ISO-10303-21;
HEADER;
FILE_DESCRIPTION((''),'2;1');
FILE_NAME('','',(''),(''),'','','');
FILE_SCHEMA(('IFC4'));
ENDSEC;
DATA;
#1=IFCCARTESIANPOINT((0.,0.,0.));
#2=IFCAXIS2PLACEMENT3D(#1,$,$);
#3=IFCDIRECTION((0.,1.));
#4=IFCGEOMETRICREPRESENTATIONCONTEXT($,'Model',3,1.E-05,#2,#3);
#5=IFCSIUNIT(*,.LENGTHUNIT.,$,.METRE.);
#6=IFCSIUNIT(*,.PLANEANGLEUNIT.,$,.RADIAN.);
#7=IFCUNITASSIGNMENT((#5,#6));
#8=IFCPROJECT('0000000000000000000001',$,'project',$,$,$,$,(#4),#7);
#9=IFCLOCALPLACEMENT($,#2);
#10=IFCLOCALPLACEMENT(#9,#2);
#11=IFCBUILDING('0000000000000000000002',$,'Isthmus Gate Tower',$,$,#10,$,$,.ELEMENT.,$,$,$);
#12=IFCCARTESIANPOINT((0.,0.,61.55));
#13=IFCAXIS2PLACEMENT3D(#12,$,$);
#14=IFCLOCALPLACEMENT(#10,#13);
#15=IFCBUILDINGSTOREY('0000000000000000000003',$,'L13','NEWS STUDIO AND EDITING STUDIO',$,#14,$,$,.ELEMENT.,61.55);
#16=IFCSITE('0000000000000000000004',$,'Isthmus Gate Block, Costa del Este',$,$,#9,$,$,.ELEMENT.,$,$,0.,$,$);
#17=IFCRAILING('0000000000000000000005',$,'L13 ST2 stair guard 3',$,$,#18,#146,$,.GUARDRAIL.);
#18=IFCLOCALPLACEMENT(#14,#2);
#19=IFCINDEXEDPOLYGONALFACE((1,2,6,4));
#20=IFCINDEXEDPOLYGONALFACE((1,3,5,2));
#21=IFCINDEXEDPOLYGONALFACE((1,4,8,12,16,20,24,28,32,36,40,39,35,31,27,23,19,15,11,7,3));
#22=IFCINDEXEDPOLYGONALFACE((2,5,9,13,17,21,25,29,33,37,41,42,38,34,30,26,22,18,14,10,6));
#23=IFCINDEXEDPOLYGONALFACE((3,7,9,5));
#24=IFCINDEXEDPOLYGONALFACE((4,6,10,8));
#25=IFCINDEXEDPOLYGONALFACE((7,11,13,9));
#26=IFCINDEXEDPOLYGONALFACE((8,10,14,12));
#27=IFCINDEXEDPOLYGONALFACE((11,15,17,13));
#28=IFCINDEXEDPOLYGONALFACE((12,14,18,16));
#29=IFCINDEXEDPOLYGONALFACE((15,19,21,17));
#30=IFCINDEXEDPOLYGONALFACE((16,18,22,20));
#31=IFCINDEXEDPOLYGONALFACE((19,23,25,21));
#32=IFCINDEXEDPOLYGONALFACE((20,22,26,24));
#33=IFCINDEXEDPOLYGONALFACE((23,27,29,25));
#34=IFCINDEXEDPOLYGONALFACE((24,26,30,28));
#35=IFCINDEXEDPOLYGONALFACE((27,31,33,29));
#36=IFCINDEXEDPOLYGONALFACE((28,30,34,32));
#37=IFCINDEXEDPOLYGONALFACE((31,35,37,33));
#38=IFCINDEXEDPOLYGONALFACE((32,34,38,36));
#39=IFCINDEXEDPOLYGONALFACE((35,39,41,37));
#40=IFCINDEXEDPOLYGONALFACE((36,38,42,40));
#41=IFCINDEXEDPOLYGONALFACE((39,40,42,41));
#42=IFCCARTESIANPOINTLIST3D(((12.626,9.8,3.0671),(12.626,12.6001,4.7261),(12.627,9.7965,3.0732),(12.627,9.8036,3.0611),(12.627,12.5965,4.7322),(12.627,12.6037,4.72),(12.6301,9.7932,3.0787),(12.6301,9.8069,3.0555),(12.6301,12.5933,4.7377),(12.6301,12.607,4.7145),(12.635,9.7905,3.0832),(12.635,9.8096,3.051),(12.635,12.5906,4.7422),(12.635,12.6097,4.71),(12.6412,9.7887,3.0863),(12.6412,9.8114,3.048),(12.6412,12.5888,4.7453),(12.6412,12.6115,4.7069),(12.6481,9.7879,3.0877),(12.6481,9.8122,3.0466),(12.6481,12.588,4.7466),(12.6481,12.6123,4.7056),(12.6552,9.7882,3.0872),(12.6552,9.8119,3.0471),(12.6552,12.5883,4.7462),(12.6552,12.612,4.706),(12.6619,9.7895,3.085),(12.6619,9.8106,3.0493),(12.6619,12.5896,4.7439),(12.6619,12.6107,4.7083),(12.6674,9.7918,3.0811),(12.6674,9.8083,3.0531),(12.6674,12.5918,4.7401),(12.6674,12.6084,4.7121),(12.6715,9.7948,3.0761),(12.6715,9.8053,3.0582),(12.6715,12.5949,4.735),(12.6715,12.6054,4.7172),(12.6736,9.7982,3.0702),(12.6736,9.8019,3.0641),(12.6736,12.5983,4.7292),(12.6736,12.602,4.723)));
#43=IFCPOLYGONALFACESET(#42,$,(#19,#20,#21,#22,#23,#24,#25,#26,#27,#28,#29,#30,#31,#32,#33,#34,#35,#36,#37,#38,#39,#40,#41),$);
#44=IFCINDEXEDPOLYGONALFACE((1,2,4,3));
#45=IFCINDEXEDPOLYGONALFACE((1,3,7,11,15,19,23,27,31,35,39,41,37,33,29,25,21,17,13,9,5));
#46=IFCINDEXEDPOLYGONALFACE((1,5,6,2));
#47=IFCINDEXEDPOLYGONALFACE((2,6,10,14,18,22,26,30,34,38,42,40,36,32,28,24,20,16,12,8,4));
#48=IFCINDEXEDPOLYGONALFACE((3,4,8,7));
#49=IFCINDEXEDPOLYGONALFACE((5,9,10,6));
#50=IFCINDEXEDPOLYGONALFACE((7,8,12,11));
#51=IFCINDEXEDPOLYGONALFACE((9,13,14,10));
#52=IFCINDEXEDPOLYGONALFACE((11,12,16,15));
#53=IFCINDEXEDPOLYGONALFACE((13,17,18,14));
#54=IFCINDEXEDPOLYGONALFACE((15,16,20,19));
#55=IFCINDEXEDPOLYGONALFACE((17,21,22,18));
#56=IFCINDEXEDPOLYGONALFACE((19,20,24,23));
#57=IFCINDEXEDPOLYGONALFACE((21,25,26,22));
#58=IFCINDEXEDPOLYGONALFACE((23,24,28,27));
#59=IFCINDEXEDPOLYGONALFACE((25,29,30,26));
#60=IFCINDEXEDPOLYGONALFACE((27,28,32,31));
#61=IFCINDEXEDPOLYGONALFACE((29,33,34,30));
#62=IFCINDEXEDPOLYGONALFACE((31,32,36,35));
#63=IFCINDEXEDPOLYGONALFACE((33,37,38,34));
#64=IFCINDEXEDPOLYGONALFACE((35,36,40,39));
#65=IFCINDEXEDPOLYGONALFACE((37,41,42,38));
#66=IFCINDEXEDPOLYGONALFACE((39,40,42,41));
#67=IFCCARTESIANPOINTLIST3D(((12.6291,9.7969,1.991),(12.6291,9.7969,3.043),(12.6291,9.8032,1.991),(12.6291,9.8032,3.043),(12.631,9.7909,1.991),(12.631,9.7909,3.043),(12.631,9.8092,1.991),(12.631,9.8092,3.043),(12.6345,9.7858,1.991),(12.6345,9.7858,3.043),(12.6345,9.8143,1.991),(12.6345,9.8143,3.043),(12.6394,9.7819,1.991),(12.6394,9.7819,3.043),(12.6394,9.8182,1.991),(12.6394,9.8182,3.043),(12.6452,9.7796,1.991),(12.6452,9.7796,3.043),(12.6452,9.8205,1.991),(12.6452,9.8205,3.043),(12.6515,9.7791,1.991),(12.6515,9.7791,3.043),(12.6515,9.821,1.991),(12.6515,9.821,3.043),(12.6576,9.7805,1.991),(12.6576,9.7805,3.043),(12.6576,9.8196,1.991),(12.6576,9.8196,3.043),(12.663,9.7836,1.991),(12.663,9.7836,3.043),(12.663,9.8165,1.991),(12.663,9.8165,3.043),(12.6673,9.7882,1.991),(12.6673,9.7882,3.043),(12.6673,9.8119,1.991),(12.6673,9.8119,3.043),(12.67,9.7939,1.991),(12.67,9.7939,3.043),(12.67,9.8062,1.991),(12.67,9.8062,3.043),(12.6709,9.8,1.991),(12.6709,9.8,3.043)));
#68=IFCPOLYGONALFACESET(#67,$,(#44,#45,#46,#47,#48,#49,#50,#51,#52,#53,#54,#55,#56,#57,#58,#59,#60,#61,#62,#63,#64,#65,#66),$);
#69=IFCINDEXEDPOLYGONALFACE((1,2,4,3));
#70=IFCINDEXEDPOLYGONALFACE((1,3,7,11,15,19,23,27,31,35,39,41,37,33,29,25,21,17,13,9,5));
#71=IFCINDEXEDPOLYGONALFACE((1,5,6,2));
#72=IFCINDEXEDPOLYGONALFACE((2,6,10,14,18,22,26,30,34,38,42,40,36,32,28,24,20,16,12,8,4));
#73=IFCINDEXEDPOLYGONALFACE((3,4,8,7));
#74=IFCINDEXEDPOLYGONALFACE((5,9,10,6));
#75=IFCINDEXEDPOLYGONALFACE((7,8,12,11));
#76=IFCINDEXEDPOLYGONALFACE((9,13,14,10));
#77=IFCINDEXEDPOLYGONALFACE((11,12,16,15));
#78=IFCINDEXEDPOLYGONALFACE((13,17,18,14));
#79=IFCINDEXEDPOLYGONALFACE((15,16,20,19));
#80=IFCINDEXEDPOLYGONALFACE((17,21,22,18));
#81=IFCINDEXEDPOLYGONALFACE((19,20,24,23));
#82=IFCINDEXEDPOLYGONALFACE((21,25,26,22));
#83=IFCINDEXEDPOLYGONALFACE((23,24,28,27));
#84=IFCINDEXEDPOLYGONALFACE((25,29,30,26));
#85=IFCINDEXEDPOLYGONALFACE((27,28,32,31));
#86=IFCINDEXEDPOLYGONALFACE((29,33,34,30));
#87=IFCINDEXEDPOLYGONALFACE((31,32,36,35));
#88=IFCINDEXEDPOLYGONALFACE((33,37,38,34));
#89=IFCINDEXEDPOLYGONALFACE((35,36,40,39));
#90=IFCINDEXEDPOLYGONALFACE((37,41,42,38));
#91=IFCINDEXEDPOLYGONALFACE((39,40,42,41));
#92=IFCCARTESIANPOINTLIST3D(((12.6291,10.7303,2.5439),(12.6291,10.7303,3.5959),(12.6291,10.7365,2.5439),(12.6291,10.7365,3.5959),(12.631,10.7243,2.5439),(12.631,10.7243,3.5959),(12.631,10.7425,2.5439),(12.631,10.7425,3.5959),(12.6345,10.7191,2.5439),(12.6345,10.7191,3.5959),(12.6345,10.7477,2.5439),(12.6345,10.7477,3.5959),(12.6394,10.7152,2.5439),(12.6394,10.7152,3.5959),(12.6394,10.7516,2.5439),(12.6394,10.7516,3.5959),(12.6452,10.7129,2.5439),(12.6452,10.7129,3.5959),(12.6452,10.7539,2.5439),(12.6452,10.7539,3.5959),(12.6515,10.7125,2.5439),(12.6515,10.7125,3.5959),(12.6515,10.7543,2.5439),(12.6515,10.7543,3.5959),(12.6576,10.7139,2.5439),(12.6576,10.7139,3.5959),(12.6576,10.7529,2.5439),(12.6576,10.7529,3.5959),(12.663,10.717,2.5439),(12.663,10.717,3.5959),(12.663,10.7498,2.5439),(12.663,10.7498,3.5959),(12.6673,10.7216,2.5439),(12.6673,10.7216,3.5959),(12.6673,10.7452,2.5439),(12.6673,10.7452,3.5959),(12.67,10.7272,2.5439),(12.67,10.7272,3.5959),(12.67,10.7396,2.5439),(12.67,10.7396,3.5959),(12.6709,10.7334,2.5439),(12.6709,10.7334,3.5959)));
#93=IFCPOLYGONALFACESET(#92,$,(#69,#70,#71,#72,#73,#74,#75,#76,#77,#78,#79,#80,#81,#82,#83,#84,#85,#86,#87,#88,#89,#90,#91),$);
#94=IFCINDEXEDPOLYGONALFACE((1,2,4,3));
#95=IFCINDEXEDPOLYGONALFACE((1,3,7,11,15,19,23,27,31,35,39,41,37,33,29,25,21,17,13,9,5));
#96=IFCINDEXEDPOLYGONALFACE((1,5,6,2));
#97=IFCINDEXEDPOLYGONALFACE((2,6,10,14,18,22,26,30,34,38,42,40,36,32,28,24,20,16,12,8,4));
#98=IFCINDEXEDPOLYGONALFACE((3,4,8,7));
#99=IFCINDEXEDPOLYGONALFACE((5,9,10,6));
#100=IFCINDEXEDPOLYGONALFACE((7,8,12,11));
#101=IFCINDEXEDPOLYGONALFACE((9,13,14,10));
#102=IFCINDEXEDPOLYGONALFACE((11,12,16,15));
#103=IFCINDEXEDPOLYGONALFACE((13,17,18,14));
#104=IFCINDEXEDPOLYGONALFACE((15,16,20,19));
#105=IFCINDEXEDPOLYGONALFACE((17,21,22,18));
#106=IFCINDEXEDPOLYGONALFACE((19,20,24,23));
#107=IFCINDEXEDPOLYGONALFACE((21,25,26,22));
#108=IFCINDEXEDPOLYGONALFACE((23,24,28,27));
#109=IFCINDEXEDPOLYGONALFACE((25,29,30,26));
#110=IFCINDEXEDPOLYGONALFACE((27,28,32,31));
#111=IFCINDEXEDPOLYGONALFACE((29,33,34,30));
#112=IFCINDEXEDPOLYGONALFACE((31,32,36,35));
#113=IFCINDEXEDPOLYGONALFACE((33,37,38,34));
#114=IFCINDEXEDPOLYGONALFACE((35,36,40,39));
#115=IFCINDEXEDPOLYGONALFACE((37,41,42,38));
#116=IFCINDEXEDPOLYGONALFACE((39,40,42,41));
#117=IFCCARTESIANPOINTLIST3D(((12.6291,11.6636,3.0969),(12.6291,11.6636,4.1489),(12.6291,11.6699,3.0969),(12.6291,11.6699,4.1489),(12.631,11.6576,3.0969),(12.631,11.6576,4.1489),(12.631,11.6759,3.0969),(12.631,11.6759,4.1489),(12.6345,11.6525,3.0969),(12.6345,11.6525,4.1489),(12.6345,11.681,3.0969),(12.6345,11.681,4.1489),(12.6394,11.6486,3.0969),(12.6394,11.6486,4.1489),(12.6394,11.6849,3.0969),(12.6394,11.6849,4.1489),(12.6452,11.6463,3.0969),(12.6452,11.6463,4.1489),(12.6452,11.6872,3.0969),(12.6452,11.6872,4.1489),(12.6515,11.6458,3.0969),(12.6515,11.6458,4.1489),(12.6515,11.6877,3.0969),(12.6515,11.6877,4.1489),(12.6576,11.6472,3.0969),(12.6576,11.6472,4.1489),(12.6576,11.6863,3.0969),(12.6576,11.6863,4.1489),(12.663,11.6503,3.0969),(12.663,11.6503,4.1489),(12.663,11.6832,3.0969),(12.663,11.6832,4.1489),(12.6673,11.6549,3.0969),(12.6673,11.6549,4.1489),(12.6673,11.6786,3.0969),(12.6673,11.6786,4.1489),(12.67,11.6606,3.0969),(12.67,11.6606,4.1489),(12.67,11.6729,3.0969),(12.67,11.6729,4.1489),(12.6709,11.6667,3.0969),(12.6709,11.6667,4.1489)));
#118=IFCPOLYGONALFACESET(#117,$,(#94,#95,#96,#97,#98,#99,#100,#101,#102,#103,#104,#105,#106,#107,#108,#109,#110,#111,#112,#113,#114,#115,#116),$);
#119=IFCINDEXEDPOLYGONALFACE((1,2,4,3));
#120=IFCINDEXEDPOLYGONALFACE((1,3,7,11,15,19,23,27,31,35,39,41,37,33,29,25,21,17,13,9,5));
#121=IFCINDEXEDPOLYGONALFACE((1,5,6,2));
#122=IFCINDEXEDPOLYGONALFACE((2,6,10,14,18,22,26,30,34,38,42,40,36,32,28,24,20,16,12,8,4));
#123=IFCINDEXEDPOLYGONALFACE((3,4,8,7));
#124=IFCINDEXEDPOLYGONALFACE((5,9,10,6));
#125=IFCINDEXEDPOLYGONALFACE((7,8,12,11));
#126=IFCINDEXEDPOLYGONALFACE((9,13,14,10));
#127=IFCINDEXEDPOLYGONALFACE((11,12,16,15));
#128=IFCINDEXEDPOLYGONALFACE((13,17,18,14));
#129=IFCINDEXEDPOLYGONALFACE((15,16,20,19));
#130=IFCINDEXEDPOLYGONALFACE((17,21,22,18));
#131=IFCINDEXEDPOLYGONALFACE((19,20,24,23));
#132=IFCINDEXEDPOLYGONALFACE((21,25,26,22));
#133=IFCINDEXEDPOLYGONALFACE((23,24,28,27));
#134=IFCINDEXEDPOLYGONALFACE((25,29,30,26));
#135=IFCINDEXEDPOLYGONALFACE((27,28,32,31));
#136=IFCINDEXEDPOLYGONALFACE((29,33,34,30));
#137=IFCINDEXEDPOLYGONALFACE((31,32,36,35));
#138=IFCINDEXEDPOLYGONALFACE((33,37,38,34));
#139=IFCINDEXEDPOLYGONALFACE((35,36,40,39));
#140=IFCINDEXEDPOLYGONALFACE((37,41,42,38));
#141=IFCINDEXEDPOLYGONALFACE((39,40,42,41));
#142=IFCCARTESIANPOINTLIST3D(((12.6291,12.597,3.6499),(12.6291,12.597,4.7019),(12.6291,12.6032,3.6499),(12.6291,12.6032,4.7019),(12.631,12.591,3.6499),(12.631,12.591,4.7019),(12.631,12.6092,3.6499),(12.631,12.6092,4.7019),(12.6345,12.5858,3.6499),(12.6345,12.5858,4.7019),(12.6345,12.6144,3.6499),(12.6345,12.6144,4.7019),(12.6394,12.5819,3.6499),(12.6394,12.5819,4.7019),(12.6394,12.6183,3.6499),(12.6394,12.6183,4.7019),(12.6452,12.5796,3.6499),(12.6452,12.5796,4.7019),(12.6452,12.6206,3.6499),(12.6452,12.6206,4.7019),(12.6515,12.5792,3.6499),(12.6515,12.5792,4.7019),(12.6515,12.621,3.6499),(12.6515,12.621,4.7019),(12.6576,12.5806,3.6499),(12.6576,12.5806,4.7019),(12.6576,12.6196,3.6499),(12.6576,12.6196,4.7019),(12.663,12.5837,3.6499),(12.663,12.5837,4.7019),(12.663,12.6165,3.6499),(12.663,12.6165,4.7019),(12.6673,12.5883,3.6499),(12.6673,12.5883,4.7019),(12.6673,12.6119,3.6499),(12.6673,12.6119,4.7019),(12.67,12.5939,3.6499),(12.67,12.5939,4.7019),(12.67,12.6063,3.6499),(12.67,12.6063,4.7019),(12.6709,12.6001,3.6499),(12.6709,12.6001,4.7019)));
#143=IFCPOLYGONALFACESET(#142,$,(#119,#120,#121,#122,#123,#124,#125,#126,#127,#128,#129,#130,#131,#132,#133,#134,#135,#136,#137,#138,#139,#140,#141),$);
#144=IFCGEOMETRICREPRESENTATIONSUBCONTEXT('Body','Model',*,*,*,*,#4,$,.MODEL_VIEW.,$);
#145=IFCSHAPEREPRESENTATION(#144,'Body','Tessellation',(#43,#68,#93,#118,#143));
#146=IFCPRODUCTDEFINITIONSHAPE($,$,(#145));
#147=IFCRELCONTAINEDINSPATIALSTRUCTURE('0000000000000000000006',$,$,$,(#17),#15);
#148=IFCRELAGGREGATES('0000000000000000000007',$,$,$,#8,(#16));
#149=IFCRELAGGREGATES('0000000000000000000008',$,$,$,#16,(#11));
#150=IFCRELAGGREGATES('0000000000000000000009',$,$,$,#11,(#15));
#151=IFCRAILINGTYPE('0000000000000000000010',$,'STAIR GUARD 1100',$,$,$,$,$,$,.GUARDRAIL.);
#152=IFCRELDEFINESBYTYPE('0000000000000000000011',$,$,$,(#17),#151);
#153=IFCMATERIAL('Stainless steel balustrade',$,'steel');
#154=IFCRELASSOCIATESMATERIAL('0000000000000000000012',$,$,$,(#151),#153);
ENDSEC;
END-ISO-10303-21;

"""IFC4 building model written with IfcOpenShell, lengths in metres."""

from ifc_helpers import new_model, si_unit, direction, frame, origin, origin_2d, place, context, subcontext, project, spatial, circle, extrude, material, type_object, element, save


model = new_model("IFC4")

# Units and contexts
model_context = context("Model", 3, precision=1e-05, world=origin(), true_north=direction((0.0, 1.0)))
body_context = subcontext(model_context, "Body", "Model", "MODEL_VIEW")
ifc_project = project(units=[si_unit("LENGTHUNIT", "METRE"), si_unit("PLANEANGLEUNIT", "RADIAN")], contexts=[model_context])

# Site, building, storey
site_placement = place(None, origin())
site = spatial("IfcSite", under=ifc_project, at=site_placement, Name="Isthmus Gate Block, Costa del Este", CompositionType="ELEMENT", RefElevation=0.0)
building_placement = place(site_placement, origin())
building = spatial("IfcBuilding", under=site, at=building_placement, Name="Isthmus Gate Tower", CompositionType="ELEMENT")
storey_placement = place(building_placement, frame((0.0, 0.0, 61.55)))
storey = spatial("IfcBuildingStorey", under=building, at=storey_placement, Name="L13", Description="NEWS STUDIO AND EDITING STUDIO", CompositionType="ELEMENT", Elevation=61.55)

# Railing
ifc_material_1 = material(Name="Stainless steel balustrade", Category="steel")
railing_type_1 = type_object("IfcRailingType", Name="STAIR GUARD 1100", PredefinedType="GUARDRAIL", material=ifc_material_1)
railing_1_placement = place(storey_placement, frame((12.6499, 9.8, 1.991)))
element("IfcRailing", 1, at=railing_1_placement, inside=storey, type_object=railing_type_1, Name="L13 ST2 stair guard 3", PredefinedType="GUARDRAIL", context=body_context, shape_type="SweptSolid", body=[
    extrude(circle(Radius=0.0239, at=origin_2d()), frame((0.0, 0.0, 1.0762), z_axis=(0.0, 0.860339, 0.509722), x_axis=(-1.0, 0.0, 0.0)), (0.0, 0.0, 1.0), 3.2546),
    extrude(circle(Radius=0.021, at=origin_2d()), origin(), (0.0, 0.0, 1.0), 1.052),
    extrude(circle(Radius=0.021, at=origin_2d()), frame((0.0, 0.9333, 0.553)), (0.0, 0.0, 1.0), 1.052),
    extrude(circle(Radius=0.021, at=origin_2d()), frame((0.0, 1.8667, 1.106)), (0.0, 0.0, 1.0), 1.052),
    extrude(circle(Radius=0.021, at=origin_2d()), frame((0.0, 2.8, 1.6589)), (0.0, 0.0, 1.0), 1.052),
])

save(model, "model.ifc")
